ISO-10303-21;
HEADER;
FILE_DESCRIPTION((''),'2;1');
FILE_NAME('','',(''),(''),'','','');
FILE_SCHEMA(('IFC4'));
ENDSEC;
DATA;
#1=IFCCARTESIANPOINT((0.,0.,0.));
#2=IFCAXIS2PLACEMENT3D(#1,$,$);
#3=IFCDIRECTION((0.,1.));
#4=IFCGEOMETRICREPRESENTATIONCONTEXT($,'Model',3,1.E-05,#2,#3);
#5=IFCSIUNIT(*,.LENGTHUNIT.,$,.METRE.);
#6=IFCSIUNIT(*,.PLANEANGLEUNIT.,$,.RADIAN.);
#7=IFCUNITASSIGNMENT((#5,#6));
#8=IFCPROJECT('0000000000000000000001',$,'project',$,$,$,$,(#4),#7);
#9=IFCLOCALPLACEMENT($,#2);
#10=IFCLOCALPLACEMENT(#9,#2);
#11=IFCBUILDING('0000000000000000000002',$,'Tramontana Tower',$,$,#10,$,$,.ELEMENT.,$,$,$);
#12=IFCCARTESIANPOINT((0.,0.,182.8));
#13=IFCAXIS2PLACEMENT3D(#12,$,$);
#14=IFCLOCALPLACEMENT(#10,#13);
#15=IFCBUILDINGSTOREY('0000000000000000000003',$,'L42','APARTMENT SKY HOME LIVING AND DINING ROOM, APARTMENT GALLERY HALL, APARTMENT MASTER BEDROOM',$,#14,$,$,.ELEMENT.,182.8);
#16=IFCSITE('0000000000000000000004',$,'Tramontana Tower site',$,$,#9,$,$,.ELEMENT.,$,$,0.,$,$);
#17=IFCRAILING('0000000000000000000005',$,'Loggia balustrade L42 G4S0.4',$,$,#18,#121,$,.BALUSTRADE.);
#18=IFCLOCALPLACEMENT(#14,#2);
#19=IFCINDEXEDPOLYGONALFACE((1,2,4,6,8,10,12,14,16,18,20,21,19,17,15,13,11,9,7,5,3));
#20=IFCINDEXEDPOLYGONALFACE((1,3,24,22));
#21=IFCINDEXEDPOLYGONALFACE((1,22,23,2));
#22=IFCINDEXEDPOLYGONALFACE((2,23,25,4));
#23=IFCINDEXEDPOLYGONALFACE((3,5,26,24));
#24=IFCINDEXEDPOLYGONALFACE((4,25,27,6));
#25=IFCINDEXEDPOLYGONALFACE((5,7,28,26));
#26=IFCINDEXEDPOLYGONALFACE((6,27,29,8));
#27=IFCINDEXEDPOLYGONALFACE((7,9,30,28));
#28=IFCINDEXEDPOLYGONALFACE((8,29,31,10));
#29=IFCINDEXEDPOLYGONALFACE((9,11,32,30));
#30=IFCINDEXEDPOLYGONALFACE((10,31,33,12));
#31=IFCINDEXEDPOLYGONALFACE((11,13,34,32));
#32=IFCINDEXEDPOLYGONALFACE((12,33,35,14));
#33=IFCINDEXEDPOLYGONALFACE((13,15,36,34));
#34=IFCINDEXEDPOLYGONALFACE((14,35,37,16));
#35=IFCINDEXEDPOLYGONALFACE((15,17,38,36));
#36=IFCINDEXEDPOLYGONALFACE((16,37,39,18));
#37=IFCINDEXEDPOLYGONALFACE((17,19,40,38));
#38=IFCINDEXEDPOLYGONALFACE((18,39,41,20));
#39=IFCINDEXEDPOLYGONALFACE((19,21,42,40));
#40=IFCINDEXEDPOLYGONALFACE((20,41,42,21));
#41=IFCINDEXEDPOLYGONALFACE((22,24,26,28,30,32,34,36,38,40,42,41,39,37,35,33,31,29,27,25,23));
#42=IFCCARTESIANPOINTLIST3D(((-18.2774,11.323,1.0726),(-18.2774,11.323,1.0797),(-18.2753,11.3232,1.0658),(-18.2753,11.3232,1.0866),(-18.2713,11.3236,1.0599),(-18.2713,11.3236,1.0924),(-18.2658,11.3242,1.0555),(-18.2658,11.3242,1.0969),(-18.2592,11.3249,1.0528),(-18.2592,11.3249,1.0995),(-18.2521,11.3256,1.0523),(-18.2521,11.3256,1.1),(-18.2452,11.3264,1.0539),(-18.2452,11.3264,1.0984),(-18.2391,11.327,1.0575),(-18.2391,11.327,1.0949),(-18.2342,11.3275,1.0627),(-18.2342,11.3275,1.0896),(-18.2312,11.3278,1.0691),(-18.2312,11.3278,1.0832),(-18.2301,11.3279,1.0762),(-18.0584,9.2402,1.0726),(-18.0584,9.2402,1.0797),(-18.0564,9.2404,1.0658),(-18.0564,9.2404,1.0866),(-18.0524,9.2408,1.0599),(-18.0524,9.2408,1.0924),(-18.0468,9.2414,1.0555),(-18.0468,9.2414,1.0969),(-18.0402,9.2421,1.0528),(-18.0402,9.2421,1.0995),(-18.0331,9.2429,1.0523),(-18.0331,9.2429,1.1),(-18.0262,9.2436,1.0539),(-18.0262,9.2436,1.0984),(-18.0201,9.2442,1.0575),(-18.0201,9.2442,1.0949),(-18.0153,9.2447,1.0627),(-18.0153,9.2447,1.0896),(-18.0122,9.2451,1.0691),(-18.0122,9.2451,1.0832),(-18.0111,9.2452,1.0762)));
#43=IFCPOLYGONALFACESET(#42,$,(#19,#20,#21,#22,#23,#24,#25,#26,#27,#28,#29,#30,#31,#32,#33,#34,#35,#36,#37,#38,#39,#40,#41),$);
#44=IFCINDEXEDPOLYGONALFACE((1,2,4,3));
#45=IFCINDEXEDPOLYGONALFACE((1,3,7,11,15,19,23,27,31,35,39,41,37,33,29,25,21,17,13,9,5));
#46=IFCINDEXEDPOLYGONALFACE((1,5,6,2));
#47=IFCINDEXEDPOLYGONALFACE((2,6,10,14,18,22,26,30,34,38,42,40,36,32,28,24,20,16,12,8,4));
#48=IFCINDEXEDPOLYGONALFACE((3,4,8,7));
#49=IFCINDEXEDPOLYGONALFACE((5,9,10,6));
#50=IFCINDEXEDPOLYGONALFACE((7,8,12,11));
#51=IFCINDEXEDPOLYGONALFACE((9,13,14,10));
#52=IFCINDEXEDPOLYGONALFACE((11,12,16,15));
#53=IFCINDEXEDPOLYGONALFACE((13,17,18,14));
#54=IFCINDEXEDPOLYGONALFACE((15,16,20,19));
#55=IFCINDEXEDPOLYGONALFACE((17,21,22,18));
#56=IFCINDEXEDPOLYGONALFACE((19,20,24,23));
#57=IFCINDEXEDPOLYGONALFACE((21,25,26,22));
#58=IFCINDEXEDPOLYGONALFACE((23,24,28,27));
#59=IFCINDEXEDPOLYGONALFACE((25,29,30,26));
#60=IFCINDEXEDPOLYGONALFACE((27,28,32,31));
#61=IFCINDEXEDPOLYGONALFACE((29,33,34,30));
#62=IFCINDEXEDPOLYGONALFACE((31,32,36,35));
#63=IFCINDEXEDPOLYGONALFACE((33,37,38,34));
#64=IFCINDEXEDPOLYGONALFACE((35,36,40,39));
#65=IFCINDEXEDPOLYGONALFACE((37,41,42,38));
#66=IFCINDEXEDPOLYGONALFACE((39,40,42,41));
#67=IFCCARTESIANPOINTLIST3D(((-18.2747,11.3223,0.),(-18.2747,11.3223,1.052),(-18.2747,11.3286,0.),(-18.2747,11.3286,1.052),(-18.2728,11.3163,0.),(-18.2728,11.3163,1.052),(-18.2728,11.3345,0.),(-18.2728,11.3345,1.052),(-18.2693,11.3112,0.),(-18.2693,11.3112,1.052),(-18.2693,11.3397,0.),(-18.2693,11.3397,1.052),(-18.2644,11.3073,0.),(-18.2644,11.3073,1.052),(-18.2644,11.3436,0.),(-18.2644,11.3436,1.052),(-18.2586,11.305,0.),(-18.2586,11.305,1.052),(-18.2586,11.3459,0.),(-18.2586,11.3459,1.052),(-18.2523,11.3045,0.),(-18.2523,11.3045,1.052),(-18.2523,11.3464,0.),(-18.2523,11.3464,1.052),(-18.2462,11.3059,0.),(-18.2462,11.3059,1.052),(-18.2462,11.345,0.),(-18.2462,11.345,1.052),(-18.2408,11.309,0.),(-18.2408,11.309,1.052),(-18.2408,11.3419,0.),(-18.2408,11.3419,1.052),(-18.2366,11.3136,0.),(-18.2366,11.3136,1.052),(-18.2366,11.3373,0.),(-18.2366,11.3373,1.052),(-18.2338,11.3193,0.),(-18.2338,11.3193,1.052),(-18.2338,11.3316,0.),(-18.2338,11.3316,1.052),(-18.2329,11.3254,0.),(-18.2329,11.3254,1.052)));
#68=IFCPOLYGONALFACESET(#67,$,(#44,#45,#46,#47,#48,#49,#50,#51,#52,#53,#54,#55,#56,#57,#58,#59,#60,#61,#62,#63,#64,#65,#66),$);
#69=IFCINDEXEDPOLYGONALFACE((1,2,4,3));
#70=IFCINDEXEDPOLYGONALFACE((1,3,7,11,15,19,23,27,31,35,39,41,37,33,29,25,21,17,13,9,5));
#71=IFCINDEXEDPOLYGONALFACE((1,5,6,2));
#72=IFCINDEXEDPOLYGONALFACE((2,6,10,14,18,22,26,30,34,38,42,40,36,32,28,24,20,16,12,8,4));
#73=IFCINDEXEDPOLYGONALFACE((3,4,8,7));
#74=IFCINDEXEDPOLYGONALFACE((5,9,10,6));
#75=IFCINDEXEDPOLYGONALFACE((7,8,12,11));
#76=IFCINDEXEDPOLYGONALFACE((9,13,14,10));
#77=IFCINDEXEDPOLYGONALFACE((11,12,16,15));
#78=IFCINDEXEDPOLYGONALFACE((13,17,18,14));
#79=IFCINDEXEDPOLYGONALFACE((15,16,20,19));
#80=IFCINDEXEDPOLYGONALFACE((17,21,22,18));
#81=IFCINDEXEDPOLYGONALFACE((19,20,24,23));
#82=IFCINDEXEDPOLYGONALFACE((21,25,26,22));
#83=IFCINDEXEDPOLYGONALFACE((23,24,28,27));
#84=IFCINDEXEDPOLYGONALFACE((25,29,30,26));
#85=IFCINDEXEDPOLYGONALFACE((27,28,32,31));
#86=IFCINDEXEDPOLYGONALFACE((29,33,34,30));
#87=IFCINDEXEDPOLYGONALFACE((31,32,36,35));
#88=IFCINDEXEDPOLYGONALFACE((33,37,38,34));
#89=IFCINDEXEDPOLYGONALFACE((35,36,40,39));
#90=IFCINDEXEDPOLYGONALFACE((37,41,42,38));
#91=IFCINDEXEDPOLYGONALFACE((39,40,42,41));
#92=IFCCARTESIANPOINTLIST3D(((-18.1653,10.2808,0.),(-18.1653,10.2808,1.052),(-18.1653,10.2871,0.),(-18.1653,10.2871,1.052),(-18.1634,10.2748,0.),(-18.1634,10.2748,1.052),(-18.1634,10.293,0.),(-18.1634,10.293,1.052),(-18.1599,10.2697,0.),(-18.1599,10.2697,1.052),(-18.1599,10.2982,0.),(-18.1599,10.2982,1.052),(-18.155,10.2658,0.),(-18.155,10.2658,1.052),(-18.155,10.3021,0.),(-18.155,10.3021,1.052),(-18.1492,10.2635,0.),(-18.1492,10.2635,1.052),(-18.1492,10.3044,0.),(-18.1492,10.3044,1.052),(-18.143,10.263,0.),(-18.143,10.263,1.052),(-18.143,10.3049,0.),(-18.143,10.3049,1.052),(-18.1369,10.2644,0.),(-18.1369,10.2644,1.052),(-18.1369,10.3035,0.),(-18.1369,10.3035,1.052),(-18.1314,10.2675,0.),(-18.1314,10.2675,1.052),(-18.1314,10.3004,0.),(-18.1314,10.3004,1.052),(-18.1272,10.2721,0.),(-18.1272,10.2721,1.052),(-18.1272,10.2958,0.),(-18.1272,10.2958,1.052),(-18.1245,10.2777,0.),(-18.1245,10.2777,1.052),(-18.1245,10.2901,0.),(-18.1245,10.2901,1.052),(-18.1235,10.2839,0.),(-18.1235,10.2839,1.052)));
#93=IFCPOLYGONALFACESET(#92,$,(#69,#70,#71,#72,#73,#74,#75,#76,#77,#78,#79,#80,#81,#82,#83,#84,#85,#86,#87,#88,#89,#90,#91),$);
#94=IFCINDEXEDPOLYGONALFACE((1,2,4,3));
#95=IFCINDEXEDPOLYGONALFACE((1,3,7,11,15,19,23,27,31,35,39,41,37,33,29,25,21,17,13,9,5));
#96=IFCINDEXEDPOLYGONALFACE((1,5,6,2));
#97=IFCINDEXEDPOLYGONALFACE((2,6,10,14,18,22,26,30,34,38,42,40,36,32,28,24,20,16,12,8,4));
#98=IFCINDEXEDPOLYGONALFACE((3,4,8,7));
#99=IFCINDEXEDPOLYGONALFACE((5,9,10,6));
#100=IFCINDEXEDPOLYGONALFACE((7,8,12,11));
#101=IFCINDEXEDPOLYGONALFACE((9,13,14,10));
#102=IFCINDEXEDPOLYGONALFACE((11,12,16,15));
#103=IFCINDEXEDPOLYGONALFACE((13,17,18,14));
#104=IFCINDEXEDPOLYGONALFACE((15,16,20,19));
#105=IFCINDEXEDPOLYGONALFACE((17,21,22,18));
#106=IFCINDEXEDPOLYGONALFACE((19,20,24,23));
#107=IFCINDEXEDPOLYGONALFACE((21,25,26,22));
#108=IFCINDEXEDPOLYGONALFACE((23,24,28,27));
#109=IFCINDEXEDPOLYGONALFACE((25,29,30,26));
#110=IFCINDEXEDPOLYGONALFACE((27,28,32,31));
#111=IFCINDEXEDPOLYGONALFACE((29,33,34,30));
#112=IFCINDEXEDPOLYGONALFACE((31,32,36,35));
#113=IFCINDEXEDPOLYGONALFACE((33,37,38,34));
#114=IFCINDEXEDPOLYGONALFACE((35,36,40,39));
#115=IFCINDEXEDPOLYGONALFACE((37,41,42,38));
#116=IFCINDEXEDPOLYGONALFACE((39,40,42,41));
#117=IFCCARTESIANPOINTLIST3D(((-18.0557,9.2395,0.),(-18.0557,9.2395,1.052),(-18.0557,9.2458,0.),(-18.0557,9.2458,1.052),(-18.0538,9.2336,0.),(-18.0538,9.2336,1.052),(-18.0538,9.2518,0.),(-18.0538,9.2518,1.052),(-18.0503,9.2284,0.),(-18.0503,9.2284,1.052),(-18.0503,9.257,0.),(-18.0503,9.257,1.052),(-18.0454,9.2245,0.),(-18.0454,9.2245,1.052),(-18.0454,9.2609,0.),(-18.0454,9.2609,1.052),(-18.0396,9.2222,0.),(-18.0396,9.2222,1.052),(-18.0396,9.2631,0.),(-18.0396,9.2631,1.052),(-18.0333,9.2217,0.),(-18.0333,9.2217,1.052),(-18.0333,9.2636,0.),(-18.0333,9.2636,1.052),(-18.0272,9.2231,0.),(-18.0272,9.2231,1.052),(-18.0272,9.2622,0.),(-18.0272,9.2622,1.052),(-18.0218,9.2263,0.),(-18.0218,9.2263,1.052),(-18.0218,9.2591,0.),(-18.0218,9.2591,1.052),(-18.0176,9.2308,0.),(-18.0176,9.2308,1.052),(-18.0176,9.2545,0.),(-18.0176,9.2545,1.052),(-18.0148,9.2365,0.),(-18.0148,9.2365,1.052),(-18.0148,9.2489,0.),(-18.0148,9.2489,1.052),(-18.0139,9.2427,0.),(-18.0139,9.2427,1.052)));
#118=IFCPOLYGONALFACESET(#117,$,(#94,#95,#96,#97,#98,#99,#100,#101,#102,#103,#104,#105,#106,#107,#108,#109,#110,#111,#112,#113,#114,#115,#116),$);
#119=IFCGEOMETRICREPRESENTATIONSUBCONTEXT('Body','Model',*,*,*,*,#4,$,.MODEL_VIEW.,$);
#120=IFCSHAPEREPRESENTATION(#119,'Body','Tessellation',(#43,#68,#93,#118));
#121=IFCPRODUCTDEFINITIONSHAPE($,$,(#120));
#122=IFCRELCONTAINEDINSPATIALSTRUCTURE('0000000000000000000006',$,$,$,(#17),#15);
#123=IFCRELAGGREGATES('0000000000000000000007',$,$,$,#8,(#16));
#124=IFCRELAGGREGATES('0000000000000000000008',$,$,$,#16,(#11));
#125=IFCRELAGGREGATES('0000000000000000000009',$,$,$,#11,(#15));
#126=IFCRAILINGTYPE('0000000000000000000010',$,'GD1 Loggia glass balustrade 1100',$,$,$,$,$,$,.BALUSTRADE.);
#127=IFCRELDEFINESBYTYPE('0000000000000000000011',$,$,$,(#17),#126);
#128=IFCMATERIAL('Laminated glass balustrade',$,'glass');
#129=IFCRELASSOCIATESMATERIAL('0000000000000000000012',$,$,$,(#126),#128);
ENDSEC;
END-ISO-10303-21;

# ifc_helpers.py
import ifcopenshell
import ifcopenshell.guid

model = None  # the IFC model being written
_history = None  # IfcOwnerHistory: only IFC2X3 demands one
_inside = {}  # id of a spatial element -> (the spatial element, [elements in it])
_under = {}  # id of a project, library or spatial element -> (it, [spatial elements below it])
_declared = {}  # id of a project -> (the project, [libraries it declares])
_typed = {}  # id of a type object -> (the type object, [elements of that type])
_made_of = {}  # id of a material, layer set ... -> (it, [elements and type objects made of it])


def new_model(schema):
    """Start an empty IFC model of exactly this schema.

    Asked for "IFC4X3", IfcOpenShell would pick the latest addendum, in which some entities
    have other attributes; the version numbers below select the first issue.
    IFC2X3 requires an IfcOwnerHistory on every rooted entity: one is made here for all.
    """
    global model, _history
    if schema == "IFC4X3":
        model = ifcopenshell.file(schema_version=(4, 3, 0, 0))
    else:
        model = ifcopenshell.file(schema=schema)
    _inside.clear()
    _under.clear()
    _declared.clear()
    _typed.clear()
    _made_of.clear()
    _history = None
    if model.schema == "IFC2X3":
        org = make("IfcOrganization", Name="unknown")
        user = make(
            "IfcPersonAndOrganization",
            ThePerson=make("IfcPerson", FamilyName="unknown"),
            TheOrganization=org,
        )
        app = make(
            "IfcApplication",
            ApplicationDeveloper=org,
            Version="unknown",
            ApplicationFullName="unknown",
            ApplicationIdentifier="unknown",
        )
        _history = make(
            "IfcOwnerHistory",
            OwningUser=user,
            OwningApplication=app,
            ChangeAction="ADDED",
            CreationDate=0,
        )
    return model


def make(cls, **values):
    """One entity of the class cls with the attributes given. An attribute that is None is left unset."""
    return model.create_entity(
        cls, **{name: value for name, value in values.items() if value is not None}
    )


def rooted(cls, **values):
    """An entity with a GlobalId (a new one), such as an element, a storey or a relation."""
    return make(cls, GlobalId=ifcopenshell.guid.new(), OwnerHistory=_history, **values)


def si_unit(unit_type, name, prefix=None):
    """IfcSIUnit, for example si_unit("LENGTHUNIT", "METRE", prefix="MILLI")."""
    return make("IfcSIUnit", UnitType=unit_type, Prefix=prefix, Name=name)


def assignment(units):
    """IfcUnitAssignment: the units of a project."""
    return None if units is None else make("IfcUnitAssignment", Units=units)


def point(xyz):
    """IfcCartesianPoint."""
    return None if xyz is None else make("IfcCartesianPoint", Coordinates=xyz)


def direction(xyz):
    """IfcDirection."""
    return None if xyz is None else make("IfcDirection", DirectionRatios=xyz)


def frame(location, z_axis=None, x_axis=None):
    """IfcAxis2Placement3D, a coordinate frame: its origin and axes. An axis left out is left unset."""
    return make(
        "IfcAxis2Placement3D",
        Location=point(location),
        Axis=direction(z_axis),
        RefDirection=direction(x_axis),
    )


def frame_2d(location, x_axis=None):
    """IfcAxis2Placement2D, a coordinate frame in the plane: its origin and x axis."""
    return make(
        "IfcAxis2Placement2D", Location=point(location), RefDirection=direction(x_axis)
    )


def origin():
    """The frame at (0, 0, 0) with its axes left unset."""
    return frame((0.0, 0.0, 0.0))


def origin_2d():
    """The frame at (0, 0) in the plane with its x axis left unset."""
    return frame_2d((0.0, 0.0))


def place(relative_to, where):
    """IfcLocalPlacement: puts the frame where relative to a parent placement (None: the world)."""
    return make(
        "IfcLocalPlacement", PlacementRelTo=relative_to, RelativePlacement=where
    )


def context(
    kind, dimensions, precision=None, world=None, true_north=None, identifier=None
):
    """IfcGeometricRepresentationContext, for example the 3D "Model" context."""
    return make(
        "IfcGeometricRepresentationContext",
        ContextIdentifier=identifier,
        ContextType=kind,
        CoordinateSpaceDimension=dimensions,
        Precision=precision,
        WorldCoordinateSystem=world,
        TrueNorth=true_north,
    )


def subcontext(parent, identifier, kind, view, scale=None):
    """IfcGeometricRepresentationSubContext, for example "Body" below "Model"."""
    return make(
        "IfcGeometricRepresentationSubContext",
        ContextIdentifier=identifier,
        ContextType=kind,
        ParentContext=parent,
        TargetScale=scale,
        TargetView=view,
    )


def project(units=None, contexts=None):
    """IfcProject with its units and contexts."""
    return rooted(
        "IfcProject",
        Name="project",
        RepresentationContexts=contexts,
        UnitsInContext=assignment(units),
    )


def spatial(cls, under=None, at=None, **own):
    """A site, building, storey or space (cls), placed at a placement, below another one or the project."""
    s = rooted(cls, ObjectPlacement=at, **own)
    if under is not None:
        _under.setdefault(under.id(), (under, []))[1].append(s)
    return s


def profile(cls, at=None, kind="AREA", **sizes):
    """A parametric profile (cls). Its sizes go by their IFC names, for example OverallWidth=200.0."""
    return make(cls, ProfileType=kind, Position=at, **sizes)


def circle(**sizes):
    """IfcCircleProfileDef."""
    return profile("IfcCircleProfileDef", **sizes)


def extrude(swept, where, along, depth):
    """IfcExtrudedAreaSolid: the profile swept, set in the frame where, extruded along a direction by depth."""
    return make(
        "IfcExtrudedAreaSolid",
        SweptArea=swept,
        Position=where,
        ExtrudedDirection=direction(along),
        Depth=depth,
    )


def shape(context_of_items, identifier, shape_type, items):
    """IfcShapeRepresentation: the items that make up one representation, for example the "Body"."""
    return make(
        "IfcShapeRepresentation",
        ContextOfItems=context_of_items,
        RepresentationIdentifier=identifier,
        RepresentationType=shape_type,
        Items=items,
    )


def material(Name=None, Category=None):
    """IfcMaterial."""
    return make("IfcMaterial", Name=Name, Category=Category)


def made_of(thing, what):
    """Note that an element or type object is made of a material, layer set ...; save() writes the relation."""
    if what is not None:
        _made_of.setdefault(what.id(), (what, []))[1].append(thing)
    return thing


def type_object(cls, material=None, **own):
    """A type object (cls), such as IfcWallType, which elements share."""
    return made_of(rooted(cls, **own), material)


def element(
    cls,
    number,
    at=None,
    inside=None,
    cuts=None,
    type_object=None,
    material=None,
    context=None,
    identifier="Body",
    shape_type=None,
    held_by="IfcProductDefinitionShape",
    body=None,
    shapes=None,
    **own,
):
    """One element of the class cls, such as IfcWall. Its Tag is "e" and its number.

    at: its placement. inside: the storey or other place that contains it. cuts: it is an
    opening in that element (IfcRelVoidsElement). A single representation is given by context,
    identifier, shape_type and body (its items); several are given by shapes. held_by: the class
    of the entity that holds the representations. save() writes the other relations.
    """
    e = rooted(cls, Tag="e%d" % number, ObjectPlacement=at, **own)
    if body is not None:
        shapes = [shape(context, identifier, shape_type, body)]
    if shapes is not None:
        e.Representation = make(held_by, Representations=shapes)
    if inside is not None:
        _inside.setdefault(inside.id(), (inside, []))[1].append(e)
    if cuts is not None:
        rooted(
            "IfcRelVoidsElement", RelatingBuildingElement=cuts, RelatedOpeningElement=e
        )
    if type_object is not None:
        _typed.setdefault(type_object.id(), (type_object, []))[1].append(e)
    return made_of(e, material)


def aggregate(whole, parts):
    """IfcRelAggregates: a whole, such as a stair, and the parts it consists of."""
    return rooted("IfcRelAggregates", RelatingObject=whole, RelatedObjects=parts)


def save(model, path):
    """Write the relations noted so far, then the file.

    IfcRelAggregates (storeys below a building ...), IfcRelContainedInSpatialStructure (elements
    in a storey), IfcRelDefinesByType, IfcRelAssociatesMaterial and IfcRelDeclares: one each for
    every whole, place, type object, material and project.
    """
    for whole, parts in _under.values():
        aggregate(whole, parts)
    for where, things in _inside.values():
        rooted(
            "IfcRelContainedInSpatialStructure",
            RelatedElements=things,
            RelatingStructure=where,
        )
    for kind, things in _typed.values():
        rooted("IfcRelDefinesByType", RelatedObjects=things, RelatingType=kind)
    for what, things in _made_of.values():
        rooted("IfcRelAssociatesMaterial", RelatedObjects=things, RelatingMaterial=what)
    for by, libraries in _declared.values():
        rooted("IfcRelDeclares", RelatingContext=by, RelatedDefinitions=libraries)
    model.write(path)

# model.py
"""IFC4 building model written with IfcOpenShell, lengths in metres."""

from ifc_helpers import new_model, si_unit, direction, frame, origin, origin_2d, place, context, subcontext, project, spatial, circle, extrude, material, type_object, element, save


model = new_model("IFC4")

# Units and contexts
model_context = context("Model", 3, precision=1e-05, world=origin(), true_north=direction((0.0, 1.0)))
body_context = subcontext(model_context, "Body", "Model", "MODEL_VIEW")
ifc_project = project(units=[si_unit("LENGTHUNIT", "METRE"), si_unit("PLANEANGLEUNIT", "RADIAN")], contexts=[model_context])

# Site, building, storey
site_placement = place(None, origin())
site = spatial("IfcSite", under=ifc_project, at=site_placement, Name="Tramontana Tower site", CompositionType="ELEMENT", RefElevation=0.0)
building_placement = place(site_placement, origin())
building = spatial("IfcBuilding", under=site, at=building_placement, Name="Tramontana Tower", CompositionType="ELEMENT")
storey_placement = place(building_placement, frame((0.0, 0.0, 182.8)))
storey = spatial("IfcBuildingStorey", under=building, at=storey_placement, Name="L42", Description="APARTMENT SKY HOME LIVING AND DINING ROOM, APARTMENT GALLERY HALL, APARTMENT MASTER BEDROOM", CompositionType="ELEMENT", Elevation=182.8)

# Railing
ifc_material_1 = material(Name="Laminated glass balustrade", Category="glass")
railing_type = type_object("IfcRailingType", Name="GD1 Loggia glass balustrade 1100", PredefinedType="BALUSTRADE", material=ifc_material_1)
railing_1_placement = place(storey_placement, frame((-18.2539, 11.3254, 0.0)))
element("IfcRailing", 1, at=railing_1_placement, inside=storey, type_object=railing_type, Name="Loggia balustrade L42 G4S0.4", PredefinedType="BALUSTRADE", context=body_context, shape_type="SweptSolid", body=[
    extrude(circle(Radius=0.0239, at=origin_2d()), frame((0.0, 0.0, 1.0762), z_axis=(0.104569, -0.994518, 0.0), x_axis=(0.994518, 0.104569, 0.0)), (0.0, 0.0, 1.0), 2.0942),
    extrude(circle(Radius=0.021, at=origin_2d()), origin(), (0.0, 0.0, 1.0), 1.052),
    extrude(circle(Radius=0.021, at=origin_2d()), frame((0.1094, -1.0415, 0.0)), (0.0, 0.0, 1.0), 1.052),
    extrude(circle(Radius=0.021, at=origin_2d()), frame((0.219, -2.0828, 0.0)), (0.0, 0.0, 1.0), 1.052),
])

save(model, "model.ifc")
